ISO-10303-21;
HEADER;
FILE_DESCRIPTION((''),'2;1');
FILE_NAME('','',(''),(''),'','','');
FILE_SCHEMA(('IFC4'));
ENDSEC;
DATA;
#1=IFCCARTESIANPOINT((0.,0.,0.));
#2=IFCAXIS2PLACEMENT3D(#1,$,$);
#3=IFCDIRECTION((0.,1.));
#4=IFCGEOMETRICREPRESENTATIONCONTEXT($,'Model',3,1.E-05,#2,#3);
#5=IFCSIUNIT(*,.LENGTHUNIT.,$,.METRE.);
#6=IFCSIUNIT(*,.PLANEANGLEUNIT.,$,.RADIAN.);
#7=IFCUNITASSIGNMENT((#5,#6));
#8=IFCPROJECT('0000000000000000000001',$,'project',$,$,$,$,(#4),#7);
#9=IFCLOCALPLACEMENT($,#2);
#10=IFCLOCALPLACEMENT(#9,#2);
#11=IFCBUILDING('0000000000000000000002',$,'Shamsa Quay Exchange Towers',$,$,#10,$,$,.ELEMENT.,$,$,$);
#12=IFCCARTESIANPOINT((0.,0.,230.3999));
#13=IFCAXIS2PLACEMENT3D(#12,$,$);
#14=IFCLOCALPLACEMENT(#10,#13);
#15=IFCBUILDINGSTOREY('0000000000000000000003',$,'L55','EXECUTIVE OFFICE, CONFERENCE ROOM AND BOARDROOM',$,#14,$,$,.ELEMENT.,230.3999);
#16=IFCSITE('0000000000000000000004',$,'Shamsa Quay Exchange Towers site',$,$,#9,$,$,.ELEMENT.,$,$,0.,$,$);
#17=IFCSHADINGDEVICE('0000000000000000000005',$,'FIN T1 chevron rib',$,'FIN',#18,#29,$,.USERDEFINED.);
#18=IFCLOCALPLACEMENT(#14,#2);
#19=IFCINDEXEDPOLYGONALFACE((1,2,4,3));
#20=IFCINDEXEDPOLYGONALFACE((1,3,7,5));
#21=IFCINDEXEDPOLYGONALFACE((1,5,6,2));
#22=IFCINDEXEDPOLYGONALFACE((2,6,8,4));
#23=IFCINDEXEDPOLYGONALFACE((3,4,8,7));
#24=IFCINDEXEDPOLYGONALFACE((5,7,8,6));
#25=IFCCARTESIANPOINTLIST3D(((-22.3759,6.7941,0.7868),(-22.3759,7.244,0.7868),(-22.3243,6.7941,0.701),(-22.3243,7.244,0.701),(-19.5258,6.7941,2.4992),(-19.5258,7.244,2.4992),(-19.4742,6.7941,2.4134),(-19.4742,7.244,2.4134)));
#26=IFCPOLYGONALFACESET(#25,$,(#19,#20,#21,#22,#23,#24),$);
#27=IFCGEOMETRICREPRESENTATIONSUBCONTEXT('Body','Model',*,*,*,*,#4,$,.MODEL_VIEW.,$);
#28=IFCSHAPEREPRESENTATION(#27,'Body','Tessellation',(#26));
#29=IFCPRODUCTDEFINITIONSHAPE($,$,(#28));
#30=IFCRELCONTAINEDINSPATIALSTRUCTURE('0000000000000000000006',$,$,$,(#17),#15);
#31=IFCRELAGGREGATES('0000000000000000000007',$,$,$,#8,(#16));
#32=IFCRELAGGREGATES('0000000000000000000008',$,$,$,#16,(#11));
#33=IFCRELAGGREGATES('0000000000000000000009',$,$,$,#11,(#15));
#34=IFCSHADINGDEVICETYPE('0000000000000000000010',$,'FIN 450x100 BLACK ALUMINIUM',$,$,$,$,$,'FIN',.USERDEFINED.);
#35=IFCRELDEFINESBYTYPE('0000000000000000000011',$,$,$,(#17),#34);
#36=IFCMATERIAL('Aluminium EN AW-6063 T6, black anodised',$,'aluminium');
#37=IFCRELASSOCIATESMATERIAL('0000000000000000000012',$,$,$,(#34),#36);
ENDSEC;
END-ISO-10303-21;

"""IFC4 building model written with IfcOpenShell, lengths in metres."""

from ifc_helpers import new_model, si_unit, direction, frame, origin, origin_2d, place, context, subcontext, project, spatial, rectangle, extrude, material, material_profile, profile_set, type_object, element, save


model = new_model("IFC4")

# Units and contexts
model_context = context("Model", 3, precision=1e-05, world=origin(), true_north=direction((0.0, 1.0)))
body_context = subcontext(model_context, "Body", "Model", "MODEL_VIEW")
ifc_project = project(units=[si_unit("LENGTHUNIT", "METRE"), si_unit("PLANEANGLEUNIT", "RADIAN")], contexts=[model_context])

# Site, building, storey
site_placement = place(None, origin())
site = spatial("IfcSite", under=ifc_project, at=site_placement, Name="Shamsa Quay Exchange Towers site", CompositionType="ELEMENT", RefElevation=0.0)
building_placement = place(site_placement, origin())
building = spatial("IfcBuilding", under=site, at=building_placement, Name="Shamsa Quay Exchange Towers", CompositionType="ELEMENT")
storey_placement = place(building_placement, frame((0.0, 0.0, 230.3999)))
storey = spatial("IfcBuildingStorey", under=building, at=storey_placement, Name="L55", Description="EXECUTIVE OFFICE, CONFERENCE ROOM AND BOARDROOM", CompositionType="ELEMENT", Elevation=230.3999)

# Shared definitions
ifc_material_1 = material(Name="Aluminium EN AW-6063 T6, black anodised", Category="aluminium")

# Shading device
ifc_material_profile_1 = material_profile(ifc_material_1, rectangle(XDim=0.45, YDim=0.1001, at=origin_2d()), Name="FIN450x100")
ifc_profile_set_1 = profile_set([ifc_material_profile_1], Name="Aluminium EN AW-6063 T6, black anodised")
shading_device_type = type_object("IfcShadingDeviceType", Name="FIN 450x100 BLACK ALUMINIUM", ElementType="FIN", PredefinedType="USERDEFINED", material=ifc_profile_set_1)
shading_device_1_placement = place(storey_placement, frame((-19.5, 7.019, 2.4563), z_axis=(-0.857182, 0.0, -0.515014), x_axis=(0.0, -1.0, 0.0)))
element("IfcShadingDevice", 1, at=shading_device_1_placement, inside=storey, type_object=shading_device_type, Name="FIN T1 chevron rib", ObjectType="FIN", PredefinedType="USERDEFINED", context=body_context, shape_type="SweptSolid", body=[
    extrude(rectangle(XDim=0.45, YDim=0.1001, at=origin_2d()), origin(), (0.0, 0.0, 1.0), 3.325),
])

save(model, "model.ifc")
